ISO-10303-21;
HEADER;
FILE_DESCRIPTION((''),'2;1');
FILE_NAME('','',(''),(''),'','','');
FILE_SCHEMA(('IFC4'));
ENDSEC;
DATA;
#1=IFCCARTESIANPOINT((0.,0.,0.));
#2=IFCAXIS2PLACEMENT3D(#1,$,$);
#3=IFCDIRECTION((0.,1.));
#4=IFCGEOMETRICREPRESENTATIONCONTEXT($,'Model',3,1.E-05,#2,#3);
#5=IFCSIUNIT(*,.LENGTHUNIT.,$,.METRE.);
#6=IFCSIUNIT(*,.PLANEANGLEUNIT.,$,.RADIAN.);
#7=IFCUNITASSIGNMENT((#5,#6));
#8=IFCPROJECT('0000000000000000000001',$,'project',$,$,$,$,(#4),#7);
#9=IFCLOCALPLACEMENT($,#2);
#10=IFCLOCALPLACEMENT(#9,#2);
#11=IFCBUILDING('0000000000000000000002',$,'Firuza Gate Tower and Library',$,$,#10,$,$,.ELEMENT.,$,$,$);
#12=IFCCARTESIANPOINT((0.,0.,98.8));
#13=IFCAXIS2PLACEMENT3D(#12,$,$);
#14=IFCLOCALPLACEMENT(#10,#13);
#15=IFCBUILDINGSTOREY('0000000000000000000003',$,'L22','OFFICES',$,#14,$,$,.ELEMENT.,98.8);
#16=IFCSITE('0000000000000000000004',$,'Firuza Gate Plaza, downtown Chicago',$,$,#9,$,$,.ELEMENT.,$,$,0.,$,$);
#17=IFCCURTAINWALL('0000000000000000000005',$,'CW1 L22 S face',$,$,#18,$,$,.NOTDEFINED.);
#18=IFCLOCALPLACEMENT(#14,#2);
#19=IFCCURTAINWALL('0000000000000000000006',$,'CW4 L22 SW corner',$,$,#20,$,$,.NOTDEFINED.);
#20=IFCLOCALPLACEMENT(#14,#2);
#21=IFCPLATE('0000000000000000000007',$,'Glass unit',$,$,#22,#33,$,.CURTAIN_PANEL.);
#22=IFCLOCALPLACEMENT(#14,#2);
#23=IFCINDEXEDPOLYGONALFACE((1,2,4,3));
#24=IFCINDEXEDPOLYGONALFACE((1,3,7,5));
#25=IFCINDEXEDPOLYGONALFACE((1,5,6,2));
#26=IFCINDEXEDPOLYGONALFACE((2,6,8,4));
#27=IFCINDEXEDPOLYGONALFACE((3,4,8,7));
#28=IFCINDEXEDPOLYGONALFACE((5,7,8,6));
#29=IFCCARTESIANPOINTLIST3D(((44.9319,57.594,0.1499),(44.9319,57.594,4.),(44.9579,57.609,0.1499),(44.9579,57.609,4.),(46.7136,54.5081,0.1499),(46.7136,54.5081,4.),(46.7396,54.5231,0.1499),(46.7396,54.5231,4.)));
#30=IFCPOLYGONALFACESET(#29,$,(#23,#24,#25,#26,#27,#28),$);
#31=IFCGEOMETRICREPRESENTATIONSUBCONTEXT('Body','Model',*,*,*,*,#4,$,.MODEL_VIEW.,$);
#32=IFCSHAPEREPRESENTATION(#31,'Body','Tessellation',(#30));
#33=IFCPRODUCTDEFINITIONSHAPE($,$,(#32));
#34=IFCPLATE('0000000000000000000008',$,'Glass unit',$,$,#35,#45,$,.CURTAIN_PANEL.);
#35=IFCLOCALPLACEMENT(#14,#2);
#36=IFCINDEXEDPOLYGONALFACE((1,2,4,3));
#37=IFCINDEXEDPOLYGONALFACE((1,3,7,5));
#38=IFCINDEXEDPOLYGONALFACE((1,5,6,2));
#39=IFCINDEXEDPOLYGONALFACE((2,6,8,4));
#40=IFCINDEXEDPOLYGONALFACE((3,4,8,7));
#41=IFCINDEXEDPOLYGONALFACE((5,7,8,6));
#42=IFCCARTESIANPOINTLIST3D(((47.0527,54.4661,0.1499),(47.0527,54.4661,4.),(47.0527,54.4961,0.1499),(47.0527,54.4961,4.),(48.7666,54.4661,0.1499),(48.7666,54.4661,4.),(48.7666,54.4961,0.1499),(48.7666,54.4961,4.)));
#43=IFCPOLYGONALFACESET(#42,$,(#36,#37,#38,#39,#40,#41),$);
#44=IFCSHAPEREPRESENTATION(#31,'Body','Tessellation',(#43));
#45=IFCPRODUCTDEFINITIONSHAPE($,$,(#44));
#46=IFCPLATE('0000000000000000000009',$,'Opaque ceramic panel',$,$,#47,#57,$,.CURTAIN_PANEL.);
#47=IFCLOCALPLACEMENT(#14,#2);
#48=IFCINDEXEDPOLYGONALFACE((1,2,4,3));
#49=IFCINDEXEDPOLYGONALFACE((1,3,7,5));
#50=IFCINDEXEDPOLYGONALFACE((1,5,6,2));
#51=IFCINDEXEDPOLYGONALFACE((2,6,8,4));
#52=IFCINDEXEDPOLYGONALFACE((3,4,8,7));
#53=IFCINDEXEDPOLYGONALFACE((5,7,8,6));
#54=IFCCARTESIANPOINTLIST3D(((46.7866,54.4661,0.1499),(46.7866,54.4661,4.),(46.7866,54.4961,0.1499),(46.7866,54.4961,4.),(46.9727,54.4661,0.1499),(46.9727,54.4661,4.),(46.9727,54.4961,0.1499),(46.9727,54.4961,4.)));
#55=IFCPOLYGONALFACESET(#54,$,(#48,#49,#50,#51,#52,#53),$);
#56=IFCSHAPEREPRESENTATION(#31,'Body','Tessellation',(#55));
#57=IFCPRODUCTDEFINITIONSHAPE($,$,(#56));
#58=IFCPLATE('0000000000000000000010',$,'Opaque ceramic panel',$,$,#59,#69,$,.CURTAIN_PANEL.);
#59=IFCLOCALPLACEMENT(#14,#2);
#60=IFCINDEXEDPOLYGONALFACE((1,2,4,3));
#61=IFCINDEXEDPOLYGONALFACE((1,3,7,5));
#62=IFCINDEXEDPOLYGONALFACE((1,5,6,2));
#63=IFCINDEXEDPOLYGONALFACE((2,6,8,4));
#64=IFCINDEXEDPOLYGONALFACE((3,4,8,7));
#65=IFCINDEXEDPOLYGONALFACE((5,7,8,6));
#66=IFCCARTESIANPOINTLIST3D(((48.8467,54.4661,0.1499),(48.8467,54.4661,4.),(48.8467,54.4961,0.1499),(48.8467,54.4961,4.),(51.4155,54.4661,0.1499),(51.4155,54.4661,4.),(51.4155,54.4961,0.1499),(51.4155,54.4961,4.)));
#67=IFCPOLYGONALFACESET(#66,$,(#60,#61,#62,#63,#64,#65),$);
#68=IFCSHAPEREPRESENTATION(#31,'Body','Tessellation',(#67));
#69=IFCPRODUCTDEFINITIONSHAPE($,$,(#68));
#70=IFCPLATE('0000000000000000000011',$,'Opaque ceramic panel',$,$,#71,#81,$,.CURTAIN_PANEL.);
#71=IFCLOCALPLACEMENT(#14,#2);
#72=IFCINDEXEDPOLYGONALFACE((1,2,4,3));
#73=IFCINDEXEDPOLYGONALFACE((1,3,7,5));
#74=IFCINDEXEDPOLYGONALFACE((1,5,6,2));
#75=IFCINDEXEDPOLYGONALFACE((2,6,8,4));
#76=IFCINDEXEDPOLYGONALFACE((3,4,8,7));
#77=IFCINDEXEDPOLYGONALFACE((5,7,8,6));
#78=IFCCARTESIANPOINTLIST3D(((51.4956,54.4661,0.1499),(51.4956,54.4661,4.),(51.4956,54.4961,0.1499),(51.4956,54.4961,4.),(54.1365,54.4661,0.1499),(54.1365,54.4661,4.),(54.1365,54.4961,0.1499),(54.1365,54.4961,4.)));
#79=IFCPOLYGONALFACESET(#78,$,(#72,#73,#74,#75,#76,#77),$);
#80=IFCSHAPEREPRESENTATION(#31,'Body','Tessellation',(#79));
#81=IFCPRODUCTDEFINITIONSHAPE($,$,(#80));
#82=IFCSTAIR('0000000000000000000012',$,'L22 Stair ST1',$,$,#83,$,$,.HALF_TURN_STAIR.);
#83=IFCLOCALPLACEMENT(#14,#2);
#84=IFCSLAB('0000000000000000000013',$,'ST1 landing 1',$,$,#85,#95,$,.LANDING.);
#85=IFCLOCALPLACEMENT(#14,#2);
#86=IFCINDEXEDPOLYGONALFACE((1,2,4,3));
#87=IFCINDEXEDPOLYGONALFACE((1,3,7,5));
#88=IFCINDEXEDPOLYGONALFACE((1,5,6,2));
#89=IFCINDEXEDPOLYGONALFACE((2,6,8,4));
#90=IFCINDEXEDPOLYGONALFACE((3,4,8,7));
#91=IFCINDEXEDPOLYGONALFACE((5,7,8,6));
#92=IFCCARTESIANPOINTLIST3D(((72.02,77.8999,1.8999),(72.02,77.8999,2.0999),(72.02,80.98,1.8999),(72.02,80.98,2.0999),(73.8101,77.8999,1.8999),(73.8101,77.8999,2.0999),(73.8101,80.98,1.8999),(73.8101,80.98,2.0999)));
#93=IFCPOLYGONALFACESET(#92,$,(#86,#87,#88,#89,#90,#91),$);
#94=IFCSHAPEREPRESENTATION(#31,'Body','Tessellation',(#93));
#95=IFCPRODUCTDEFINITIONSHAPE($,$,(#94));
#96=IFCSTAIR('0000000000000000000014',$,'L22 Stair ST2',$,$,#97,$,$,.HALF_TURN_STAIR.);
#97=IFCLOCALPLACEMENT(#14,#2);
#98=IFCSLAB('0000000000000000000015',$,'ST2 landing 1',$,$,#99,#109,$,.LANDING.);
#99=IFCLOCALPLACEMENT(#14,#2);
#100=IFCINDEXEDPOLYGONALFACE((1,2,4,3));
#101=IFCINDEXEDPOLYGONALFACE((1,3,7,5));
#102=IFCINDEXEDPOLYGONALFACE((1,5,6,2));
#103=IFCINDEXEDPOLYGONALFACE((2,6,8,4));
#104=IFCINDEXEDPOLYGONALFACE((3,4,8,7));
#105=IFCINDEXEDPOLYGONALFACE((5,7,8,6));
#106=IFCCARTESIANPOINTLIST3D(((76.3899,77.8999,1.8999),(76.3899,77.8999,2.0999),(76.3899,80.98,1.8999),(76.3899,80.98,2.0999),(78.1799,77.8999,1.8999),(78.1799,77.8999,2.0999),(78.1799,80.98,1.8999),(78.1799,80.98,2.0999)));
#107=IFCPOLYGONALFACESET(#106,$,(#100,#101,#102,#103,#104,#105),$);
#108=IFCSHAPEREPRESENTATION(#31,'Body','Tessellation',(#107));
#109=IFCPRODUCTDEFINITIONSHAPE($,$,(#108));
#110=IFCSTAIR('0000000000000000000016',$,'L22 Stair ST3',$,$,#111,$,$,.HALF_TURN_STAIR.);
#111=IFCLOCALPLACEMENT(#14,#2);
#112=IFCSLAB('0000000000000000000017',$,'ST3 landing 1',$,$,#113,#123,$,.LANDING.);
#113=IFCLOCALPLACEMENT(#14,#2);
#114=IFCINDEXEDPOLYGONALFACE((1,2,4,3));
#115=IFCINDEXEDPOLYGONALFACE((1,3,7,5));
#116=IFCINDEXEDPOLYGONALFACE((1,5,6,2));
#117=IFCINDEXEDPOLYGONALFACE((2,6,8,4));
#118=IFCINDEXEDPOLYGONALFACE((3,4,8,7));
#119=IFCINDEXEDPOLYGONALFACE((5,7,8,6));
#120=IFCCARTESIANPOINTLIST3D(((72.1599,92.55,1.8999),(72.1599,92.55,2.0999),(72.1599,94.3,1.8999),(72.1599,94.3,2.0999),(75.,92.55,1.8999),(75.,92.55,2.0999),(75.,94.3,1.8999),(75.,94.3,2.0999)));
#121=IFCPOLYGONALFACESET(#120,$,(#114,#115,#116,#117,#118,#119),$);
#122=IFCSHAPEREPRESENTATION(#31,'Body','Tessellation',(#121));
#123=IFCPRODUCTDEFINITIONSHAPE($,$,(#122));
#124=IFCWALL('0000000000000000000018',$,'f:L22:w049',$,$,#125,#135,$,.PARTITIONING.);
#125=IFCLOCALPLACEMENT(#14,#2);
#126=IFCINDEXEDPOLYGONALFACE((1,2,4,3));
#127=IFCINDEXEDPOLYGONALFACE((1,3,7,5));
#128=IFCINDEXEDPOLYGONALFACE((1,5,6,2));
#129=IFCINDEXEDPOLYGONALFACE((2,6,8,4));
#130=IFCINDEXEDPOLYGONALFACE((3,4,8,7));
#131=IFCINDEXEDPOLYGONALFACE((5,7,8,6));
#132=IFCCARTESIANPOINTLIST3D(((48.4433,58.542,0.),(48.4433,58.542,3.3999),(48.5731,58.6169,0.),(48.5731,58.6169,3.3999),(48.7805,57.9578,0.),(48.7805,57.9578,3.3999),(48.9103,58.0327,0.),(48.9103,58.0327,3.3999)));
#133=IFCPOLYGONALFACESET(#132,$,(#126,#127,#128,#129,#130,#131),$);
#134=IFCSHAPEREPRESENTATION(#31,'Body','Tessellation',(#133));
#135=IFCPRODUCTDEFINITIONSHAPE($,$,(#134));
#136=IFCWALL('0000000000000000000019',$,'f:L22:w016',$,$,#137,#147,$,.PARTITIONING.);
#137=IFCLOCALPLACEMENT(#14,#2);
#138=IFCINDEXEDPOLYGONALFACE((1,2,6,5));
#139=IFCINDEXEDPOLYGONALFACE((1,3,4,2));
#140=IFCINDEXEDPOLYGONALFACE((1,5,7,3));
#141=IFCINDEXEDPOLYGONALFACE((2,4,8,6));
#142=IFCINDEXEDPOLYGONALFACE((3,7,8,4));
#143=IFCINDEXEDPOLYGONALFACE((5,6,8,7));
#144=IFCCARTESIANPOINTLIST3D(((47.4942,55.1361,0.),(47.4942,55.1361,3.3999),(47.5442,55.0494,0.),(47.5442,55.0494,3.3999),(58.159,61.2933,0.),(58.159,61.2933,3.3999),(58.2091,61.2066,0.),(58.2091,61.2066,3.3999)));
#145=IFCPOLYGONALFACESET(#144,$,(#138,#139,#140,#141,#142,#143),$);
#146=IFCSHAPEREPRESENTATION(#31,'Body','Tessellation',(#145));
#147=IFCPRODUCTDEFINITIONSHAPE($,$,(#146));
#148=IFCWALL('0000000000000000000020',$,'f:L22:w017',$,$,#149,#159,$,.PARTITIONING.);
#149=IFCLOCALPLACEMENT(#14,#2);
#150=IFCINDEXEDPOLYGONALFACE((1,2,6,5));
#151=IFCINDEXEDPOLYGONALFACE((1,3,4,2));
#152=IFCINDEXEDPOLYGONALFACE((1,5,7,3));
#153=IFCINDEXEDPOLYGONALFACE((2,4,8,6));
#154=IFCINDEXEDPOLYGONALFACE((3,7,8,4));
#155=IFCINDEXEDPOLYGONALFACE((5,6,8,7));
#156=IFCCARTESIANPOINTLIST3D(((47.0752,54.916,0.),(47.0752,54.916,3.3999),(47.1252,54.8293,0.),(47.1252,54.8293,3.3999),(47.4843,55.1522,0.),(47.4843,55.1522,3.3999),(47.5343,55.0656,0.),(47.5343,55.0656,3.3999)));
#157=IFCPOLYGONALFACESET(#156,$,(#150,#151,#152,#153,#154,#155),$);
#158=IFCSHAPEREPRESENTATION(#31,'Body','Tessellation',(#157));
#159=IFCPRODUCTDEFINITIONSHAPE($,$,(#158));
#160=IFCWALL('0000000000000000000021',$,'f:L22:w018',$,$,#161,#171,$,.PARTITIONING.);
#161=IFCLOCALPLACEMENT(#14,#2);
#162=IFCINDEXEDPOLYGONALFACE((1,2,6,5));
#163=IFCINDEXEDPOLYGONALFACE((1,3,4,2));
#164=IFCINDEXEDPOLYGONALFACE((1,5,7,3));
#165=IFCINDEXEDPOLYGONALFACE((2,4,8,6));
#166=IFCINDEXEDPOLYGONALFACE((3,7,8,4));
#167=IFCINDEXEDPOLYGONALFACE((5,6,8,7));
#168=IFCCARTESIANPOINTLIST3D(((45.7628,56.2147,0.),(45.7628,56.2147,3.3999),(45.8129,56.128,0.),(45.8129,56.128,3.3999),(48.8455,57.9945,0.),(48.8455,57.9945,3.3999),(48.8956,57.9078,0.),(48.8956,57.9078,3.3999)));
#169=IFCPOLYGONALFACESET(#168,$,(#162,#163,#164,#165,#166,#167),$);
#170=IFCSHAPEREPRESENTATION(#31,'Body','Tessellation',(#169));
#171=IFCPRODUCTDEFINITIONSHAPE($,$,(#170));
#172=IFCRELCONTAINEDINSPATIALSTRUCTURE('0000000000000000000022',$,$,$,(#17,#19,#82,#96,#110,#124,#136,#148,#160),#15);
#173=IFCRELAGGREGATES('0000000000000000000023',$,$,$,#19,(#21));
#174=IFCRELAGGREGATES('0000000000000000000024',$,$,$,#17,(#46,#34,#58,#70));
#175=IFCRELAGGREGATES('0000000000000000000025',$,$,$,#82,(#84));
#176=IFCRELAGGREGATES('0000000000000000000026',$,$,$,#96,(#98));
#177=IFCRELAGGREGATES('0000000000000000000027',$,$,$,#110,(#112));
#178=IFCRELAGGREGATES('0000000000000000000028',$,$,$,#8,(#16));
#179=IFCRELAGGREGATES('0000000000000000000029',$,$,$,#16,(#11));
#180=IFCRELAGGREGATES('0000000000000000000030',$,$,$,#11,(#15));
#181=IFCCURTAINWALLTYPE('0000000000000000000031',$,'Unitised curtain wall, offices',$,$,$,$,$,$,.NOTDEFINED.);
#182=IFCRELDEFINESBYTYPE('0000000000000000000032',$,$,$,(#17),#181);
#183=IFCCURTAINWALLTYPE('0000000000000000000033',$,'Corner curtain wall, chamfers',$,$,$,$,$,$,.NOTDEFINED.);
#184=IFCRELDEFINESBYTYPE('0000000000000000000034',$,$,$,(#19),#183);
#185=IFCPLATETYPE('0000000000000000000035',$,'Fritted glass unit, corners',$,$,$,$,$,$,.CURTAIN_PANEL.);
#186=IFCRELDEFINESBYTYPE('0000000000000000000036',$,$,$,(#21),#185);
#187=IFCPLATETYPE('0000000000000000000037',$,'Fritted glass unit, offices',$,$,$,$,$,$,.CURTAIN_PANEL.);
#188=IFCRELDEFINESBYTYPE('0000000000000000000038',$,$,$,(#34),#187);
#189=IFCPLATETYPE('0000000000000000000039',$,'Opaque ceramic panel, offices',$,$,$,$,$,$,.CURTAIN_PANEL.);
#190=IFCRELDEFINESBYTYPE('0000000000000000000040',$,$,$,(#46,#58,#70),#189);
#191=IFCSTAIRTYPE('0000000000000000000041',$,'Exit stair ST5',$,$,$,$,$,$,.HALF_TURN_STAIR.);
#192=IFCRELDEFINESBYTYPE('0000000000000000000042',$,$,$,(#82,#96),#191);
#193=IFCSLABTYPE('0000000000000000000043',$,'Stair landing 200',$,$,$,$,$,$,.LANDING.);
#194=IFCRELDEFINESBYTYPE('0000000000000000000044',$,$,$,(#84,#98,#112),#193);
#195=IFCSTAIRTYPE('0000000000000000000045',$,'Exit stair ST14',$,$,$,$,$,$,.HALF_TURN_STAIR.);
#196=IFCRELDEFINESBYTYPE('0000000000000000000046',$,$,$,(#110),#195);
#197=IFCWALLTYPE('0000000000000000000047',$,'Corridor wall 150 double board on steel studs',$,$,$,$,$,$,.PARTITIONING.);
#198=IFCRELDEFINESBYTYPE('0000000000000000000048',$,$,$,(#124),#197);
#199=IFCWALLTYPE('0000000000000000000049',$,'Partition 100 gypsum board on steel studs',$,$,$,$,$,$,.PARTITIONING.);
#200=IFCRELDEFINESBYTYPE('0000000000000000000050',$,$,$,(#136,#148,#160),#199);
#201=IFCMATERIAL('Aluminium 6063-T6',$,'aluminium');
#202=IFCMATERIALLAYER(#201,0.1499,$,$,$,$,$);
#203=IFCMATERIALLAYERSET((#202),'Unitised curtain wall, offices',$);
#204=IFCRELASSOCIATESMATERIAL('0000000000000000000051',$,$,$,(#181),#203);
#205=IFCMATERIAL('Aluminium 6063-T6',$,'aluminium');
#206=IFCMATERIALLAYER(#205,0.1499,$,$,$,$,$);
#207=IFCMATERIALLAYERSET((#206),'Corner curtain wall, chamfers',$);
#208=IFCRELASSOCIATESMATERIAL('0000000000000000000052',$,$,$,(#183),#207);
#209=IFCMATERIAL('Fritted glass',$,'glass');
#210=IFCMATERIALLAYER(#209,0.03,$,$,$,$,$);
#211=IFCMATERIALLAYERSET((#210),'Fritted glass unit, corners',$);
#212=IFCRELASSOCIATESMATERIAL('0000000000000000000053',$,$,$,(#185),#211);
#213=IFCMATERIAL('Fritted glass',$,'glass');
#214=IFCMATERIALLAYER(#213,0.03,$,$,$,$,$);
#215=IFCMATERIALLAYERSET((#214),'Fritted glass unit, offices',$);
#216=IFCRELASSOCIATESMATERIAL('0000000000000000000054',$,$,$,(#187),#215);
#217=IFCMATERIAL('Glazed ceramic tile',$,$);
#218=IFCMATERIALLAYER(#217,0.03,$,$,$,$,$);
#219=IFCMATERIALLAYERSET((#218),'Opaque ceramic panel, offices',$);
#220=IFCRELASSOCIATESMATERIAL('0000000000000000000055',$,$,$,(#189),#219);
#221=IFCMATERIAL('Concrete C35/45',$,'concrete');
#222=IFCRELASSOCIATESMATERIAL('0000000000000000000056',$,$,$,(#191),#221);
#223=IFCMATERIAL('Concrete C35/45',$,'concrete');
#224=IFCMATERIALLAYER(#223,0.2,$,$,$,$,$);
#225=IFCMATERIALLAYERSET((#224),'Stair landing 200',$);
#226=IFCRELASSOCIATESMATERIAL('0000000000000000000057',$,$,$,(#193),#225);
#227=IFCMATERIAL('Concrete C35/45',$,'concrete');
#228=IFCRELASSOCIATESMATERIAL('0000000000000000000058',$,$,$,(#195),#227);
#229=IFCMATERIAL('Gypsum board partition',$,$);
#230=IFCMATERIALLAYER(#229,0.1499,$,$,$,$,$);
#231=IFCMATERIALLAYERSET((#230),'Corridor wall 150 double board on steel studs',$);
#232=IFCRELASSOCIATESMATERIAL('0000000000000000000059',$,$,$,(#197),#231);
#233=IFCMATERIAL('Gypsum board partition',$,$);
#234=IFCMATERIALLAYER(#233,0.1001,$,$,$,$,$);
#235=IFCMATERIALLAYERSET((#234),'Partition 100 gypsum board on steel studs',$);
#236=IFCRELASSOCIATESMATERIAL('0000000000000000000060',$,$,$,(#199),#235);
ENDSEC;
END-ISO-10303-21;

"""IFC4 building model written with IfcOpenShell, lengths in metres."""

from ifc_helpers import new_model, si_unit, direction, frame, frame_2d, origin, place, context, subcontext, project, spatial, polyline, rectangle, outline, extrude, material, layer, layer_set, type_object, element, aggregate, save


model = new_model("IFC4")

# Units and contexts
model_context = context("Model", 3, precision=1e-05, world=origin(), true_north=direction((0.0, 1.0)))
body_context = subcontext(model_context, "Body", "Model", "MODEL_VIEW")
ifc_project = project(units=[si_unit("LENGTHUNIT", "METRE"), si_unit("PLANEANGLEUNIT", "RADIAN")], contexts=[model_context])

# Site, building, storey
site_placement = place(None, origin())
site = spatial("IfcSite", under=ifc_project, at=site_placement, Name="Firuza Gate Plaza, downtown Chicago", CompositionType="ELEMENT", RefElevation=0.0)
building_placement = place(site_placement, origin())
building = spatial("IfcBuilding", under=site, at=building_placement, Name="Firuza Gate Tower and Library", CompositionType="ELEMENT")
storey_placement = place(building_placement, frame((0.0, 0.0, 98.8)))
storey = spatial("IfcBuildingStorey", under=building, at=storey_placement, Name="L22", Description="OFFICES", CompositionType="ELEMENT", Elevation=98.8)

# Curtain walls
ifc_material_1 = material(Name="Aluminium 6063-T6", Category="aluminium")
ifc_layer_1 = layer(ifc_material_1, 0.1499)
ifc_layer_set_1 = layer_set([ifc_layer_1], Name="Unitised curtain wall, offices")
curtain_wall_type_1 = type_object("IfcCurtainWallType", Name="Unitised curtain wall, offices", PredefinedType="NOTDEFINED", material=ifc_layer_set_1)
placement_1 = place(storey_placement, origin())
curtain_wall_1 = element("IfcCurtainWall", 1, at=placement_1, inside=storey, type_object=curtain_wall_type_1, Name="CW1 L22 S face", PredefinedType="NOTDEFINED")
ifc_material_2 = material(Name="Aluminium 6063-T6", Category="aluminium")
ifc_layer_2 = layer(ifc_material_2, 0.1499)
ifc_layer_set_2 = layer_set([ifc_layer_2], Name="Corner curtain wall, chamfers")
curtain_wall_type_2 = type_object("IfcCurtainWallType", Name="Corner curtain wall, chamfers", PredefinedType="NOTDEFINED", material=ifc_layer_set_2)
curtain_wall_2 = element("IfcCurtainWall", 2, at=placement_1, inside=storey, type_object=curtain_wall_type_2, Name="CW4 L22 SW corner", PredefinedType="NOTDEFINED")

# Plates
ifc_material_3 = material(Name="Fritted glass", Category="glass")
ifc_layer_3 = layer(ifc_material_3, 0.03)
ifc_layer_set_3 = layer_set([ifc_layer_3], Name="Fritted glass unit, corners")
plate_type_1 = type_object("IfcPlateType", Name="Fritted glass unit, corners", PredefinedType="CURTAIN_PANEL", material=ifc_layer_set_3)
plate_1_placement = place(storey_placement, frame((44.9319, 57.594, 0.1499), z_axis=(-0.866017, -0.500015, 0.0), x_axis=(0.500015, -0.866017, 0.0)))
plate_1 = element("IfcPlate", 3, at=plate_1_placement, type_object=plate_type_1, Name="Glass unit", PredefinedType="CURTAIN_PANEL", context=body_context, shape_type="SweptSolid", body=[
    extrude(outline(polyline([(0.0, 0.0), (3.5634, 0.0), (3.5634, 3.8501), (0.0, 3.8501), (0.0, 0.0)])), origin(), (0.0, 0.0, -1.0), 0.03),
])
aggregate(curtain_wall_2, [plate_1])
ifc_material_4 = material(Name="Fritted glass", Category="glass")
ifc_layer_4 = layer(ifc_material_4, 0.03)
ifc_layer_set_4 = layer_set([ifc_layer_4], Name="Fritted glass unit, offices")
plate_type_2 = type_object("IfcPlateType", Name="Fritted glass unit, offices", PredefinedType="CURTAIN_PANEL", material=ifc_layer_set_4)
plate_2_placement = place(storey_placement, frame((47.0527, 54.4661, 0.1499), z_axis=(0.0, -1.0, 0.0), x_axis=(1.0, 0.0, 0.0)))
plate_2 = element("IfcPlate", 4, at=plate_2_placement, type_object=plate_type_2, Name="Glass unit", PredefinedType="CURTAIN_PANEL", context=body_context, shape_type="SweptSolid", body=[
    extrude(outline(polyline([(0.0, 0.0), (1.7139, 0.0), (1.7139, 3.8501), (0.0, 3.8501), (0.0, 0.0)])), origin(), (0.0, 0.0, -1.0), 0.03),
])
ifc_material_5 = material(Name="Glazed ceramic tile")
ifc_layer_5 = layer(ifc_material_5, 0.03)
ifc_layer_set_5 = layer_set([ifc_layer_5], Name="Opaque ceramic panel, offices")
plate_type_3 = type_object("IfcPlateType", Name="Opaque ceramic panel, offices", PredefinedType="CURTAIN_PANEL", material=ifc_layer_set_5)
plate_3_placement = place(storey_placement, frame((46.7866, 54.4661, 0.1499), z_axis=(0.0, -1.0, 0.0), x_axis=(1.0, 0.0, 0.0)))
plate_3 = element("IfcPlate", 5, at=plate_3_placement, type_object=plate_type_3, Name="Opaque ceramic panel", PredefinedType="CURTAIN_PANEL", context=body_context, shape_type="SweptSolid", body=[
    extrude(outline(polyline([(0.0, 0.0), (0.186, 0.0), (0.186, 3.8501), (0.0, 3.8501), (0.0, 0.0)])), origin(), (0.0, 0.0, -1.0), 0.03),
])
plate_4_placement = place(storey_placement, frame((48.8467, 54.4661, 0.1499), z_axis=(0.0, -1.0, 0.0), x_axis=(1.0, 0.0, 0.0)))
plate_4 = element("IfcPlate", 6, at=plate_4_placement, type_object=plate_type_3, Name="Opaque ceramic panel", PredefinedType="CURTAIN_PANEL", context=body_context, shape_type="SweptSolid", body=[
    extrude(outline(polyline([(0.0, 0.0), (2.5688, 0.0), (2.5688, 3.8501), (0.0, 3.8501), (0.0, 0.0)])), origin(), (0.0, 0.0, -1.0), 0.03),
])
plate_5_placement = place(storey_placement, frame((51.4956, 54.4661, 0.1499), z_axis=(0.0, -1.0, 0.0), x_axis=(1.0, 0.0, 0.0)))
plate_5 = element("IfcPlate", 7, at=plate_5_placement, type_object=plate_type_3, Name="Opaque ceramic panel", PredefinedType="CURTAIN_PANEL", context=body_context, shape_type="SweptSolid", body=[
    extrude(outline(polyline([(0.0, 0.0), (2.6409, 0.0), (2.6409, 3.8501), (0.0, 3.8501), (0.0, 0.0)])), origin(), (0.0, 0.0, -1.0), 0.03),
])
aggregate(curtain_wall_1, [plate_3, plate_2, plate_4, plate_5])

# Stairs, slabs
ifc_material_6 = material(Name="Concrete C35/45", Category="concrete")
stair_type_1 = type_object("IfcStairType", Name="Exit stair ST5", PredefinedType="HALF_TURN_STAIR", material=ifc_material_6)
stair_1 = element("IfcStair", 8, at=placement_1, inside=storey, type_object=stair_type_1, Name="L22 Stair ST1", PredefinedType="HALF_TURN_STAIR")
ifc_material_7 = material(Name="Concrete C35/45", Category="concrete")
ifc_layer_6 = layer(ifc_material_7, 0.2)
ifc_layer_set_6 = layer_set([ifc_layer_6], Name="Stair landing 200")
slab_type_1 = type_object("IfcSlabType", Name="Stair landing 200", PredefinedType="LANDING", material=ifc_layer_set_6)
placement_2 = place(storey_placement, frame((0.0, 0.0, 1.8999)))
slab_1 = element("IfcSlab", 9, at=placement_2, type_object=slab_type_1, Name="ST1 landing 1", PredefinedType="LANDING", context=body_context, shape_type="SweptSolid", body=[
    extrude(outline(polyline([(72.02, 77.8999), (73.8101, 77.8999), (73.8101, 80.98), (72.02, 80.98), (72.02, 77.8999)])), origin(), (0.0, 0.0, 1.0), 0.2),
])
aggregate(stair_1, [slab_1])
stair_2 = element("IfcStair", 10, at=placement_1, inside=storey, type_object=stair_type_1, Name="L22 Stair ST2", PredefinedType="HALF_TURN_STAIR")
slab_2 = element("IfcSlab", 11, at=placement_2, type_object=slab_type_1, Name="ST2 landing 1", PredefinedType="LANDING", context=body_context, shape_type="SweptSolid", body=[
    extrude(outline(polyline([(78.1799, 80.98), (76.3899, 80.98), (76.3899, 77.8999), (78.1799, 77.8999), (78.1799, 80.98)])), origin(), (0.0, 0.0, 1.0), 0.2),
])
aggregate(stair_2, [slab_2])
ifc_material_8 = material(Name="Concrete C35/45", Category="concrete")
stair_type_2 = type_object("IfcStairType", Name="Exit stair ST14", PredefinedType="HALF_TURN_STAIR", material=ifc_material_8)
stair_3 = element("IfcStair", 12, at=placement_1, inside=storey, type_object=stair_type_2, Name="L22 Stair ST3", PredefinedType="HALF_TURN_STAIR")
slab_3 = element("IfcSlab", 13, at=placement_2, type_object=slab_type_1, Name="ST3 landing 1", PredefinedType="LANDING", context=body_context, shape_type="SweptSolid", body=[
    extrude(outline(polyline([(75.0, 92.55), (75.0, 94.3), (72.1599, 94.3), (72.1599, 92.55), (75.0, 92.55)])), origin(), (0.0, 0.0, 1.0), 0.2),
])
aggregate(stair_3, [slab_3])

# Walls
ifc_material_9 = material(Name="Gypsum board partition")
ifc_layer_7 = layer(ifc_material_9, 0.1499)
ifc_layer_set_7 = layer_set([ifc_layer_7], Name="Corridor wall 150 double board on steel studs")
wall_type_1 = type_object("IfcWallType", Name="Corridor wall 150 double board on steel studs", PredefinedType="PARTITIONING", material=ifc_layer_set_7)
wall_1_placement = place(storey_placement, frame((48.8455, 57.9951, 0.0), z_axis=(0.0, 0.0, 1.0), x_axis=(-0.499837, 0.866119, 0.0)))
element("IfcWall", 14, at=wall_1_placement, inside=storey, type_object=wall_type_1, Name="f:L22:w049", PredefinedType="PARTITIONING", context=body_context, shape_type="SweptSolid", body=[
    extrude(rectangle(XDim=0.6746, YDim=0.1499, at=frame_2d((0.3374, 0.0))), origin(), (0.0, 0.0, 1.0), 3.3999),
])
ifc_material_10 = material(Name="Gypsum board partition")
ifc_layer_8 = layer(ifc_material_10, 0.1001)
ifc_layer_set_8 = layer_set([ifc_layer_8], Name="Partition 100 gypsum board on steel studs")
wall_type_2 = type_object("IfcWallType", Name="Partition 100 gypsum board on steel studs", PredefinedType="PARTITIONING", material=ifc_layer_set_8)
wall_2_placement = place(storey_placement, frame((47.5193, 55.0928, 0.0), z_axis=(0.0, 0.0, 1.0), x_axis=(0.866029, 0.499994, 0.0)))
element("IfcWall", 15, at=wall_2_placement, inside=storey, type_object=wall_type_2, Name="f:L22:w016", PredefinedType="PARTITIONING", context=body_context, shape_type="SweptSolid", body=[
    extrude(rectangle(XDim=12.3147, YDim=0.1001, at=frame_2d((6.1572, 0.0))), origin(), (0.0, 0.0, 1.0), 3.3999),
])
wall_3_placement = place(storey_placement, frame((47.1001, 54.8726, 0.0), z_axis=(0.0, 0.0, 1.0), x_axis=(0.865945, 0.50014, 0.0)))
element("IfcWall", 16, at=wall_3_placement, inside=storey, type_object=wall_type_2, Name="f:L22:w017", PredefinedType="PARTITIONING", context=body_context, shape_type="SweptSolid", body=[
    extrude(rectangle(XDim=0.4724, YDim=0.1001, at=frame_2d((0.2363, 0.0))), origin(), (0.0, 0.0, 1.0), 3.3999),
])
wall_4_placement = place(storey_placement, frame((45.7878, 56.1714, 0.0), z_axis=(0.0, 0.0, 1.0), x_axis=(0.866031, 0.49999, 0.0)))
element("IfcWall", 17, at=wall_4_placement, inside=storey, type_object=wall_type_2, Name="f:L22:w018", PredefinedType="PARTITIONING", context=body_context, shape_type="SweptSolid", body=[
    extrude(rectangle(XDim=3.5596, YDim=0.1001, at=frame_2d((1.7798, 0.0))), origin(), (0.0, 0.0, 1.0), 3.3999),
])

save(model, "model.ifc")
